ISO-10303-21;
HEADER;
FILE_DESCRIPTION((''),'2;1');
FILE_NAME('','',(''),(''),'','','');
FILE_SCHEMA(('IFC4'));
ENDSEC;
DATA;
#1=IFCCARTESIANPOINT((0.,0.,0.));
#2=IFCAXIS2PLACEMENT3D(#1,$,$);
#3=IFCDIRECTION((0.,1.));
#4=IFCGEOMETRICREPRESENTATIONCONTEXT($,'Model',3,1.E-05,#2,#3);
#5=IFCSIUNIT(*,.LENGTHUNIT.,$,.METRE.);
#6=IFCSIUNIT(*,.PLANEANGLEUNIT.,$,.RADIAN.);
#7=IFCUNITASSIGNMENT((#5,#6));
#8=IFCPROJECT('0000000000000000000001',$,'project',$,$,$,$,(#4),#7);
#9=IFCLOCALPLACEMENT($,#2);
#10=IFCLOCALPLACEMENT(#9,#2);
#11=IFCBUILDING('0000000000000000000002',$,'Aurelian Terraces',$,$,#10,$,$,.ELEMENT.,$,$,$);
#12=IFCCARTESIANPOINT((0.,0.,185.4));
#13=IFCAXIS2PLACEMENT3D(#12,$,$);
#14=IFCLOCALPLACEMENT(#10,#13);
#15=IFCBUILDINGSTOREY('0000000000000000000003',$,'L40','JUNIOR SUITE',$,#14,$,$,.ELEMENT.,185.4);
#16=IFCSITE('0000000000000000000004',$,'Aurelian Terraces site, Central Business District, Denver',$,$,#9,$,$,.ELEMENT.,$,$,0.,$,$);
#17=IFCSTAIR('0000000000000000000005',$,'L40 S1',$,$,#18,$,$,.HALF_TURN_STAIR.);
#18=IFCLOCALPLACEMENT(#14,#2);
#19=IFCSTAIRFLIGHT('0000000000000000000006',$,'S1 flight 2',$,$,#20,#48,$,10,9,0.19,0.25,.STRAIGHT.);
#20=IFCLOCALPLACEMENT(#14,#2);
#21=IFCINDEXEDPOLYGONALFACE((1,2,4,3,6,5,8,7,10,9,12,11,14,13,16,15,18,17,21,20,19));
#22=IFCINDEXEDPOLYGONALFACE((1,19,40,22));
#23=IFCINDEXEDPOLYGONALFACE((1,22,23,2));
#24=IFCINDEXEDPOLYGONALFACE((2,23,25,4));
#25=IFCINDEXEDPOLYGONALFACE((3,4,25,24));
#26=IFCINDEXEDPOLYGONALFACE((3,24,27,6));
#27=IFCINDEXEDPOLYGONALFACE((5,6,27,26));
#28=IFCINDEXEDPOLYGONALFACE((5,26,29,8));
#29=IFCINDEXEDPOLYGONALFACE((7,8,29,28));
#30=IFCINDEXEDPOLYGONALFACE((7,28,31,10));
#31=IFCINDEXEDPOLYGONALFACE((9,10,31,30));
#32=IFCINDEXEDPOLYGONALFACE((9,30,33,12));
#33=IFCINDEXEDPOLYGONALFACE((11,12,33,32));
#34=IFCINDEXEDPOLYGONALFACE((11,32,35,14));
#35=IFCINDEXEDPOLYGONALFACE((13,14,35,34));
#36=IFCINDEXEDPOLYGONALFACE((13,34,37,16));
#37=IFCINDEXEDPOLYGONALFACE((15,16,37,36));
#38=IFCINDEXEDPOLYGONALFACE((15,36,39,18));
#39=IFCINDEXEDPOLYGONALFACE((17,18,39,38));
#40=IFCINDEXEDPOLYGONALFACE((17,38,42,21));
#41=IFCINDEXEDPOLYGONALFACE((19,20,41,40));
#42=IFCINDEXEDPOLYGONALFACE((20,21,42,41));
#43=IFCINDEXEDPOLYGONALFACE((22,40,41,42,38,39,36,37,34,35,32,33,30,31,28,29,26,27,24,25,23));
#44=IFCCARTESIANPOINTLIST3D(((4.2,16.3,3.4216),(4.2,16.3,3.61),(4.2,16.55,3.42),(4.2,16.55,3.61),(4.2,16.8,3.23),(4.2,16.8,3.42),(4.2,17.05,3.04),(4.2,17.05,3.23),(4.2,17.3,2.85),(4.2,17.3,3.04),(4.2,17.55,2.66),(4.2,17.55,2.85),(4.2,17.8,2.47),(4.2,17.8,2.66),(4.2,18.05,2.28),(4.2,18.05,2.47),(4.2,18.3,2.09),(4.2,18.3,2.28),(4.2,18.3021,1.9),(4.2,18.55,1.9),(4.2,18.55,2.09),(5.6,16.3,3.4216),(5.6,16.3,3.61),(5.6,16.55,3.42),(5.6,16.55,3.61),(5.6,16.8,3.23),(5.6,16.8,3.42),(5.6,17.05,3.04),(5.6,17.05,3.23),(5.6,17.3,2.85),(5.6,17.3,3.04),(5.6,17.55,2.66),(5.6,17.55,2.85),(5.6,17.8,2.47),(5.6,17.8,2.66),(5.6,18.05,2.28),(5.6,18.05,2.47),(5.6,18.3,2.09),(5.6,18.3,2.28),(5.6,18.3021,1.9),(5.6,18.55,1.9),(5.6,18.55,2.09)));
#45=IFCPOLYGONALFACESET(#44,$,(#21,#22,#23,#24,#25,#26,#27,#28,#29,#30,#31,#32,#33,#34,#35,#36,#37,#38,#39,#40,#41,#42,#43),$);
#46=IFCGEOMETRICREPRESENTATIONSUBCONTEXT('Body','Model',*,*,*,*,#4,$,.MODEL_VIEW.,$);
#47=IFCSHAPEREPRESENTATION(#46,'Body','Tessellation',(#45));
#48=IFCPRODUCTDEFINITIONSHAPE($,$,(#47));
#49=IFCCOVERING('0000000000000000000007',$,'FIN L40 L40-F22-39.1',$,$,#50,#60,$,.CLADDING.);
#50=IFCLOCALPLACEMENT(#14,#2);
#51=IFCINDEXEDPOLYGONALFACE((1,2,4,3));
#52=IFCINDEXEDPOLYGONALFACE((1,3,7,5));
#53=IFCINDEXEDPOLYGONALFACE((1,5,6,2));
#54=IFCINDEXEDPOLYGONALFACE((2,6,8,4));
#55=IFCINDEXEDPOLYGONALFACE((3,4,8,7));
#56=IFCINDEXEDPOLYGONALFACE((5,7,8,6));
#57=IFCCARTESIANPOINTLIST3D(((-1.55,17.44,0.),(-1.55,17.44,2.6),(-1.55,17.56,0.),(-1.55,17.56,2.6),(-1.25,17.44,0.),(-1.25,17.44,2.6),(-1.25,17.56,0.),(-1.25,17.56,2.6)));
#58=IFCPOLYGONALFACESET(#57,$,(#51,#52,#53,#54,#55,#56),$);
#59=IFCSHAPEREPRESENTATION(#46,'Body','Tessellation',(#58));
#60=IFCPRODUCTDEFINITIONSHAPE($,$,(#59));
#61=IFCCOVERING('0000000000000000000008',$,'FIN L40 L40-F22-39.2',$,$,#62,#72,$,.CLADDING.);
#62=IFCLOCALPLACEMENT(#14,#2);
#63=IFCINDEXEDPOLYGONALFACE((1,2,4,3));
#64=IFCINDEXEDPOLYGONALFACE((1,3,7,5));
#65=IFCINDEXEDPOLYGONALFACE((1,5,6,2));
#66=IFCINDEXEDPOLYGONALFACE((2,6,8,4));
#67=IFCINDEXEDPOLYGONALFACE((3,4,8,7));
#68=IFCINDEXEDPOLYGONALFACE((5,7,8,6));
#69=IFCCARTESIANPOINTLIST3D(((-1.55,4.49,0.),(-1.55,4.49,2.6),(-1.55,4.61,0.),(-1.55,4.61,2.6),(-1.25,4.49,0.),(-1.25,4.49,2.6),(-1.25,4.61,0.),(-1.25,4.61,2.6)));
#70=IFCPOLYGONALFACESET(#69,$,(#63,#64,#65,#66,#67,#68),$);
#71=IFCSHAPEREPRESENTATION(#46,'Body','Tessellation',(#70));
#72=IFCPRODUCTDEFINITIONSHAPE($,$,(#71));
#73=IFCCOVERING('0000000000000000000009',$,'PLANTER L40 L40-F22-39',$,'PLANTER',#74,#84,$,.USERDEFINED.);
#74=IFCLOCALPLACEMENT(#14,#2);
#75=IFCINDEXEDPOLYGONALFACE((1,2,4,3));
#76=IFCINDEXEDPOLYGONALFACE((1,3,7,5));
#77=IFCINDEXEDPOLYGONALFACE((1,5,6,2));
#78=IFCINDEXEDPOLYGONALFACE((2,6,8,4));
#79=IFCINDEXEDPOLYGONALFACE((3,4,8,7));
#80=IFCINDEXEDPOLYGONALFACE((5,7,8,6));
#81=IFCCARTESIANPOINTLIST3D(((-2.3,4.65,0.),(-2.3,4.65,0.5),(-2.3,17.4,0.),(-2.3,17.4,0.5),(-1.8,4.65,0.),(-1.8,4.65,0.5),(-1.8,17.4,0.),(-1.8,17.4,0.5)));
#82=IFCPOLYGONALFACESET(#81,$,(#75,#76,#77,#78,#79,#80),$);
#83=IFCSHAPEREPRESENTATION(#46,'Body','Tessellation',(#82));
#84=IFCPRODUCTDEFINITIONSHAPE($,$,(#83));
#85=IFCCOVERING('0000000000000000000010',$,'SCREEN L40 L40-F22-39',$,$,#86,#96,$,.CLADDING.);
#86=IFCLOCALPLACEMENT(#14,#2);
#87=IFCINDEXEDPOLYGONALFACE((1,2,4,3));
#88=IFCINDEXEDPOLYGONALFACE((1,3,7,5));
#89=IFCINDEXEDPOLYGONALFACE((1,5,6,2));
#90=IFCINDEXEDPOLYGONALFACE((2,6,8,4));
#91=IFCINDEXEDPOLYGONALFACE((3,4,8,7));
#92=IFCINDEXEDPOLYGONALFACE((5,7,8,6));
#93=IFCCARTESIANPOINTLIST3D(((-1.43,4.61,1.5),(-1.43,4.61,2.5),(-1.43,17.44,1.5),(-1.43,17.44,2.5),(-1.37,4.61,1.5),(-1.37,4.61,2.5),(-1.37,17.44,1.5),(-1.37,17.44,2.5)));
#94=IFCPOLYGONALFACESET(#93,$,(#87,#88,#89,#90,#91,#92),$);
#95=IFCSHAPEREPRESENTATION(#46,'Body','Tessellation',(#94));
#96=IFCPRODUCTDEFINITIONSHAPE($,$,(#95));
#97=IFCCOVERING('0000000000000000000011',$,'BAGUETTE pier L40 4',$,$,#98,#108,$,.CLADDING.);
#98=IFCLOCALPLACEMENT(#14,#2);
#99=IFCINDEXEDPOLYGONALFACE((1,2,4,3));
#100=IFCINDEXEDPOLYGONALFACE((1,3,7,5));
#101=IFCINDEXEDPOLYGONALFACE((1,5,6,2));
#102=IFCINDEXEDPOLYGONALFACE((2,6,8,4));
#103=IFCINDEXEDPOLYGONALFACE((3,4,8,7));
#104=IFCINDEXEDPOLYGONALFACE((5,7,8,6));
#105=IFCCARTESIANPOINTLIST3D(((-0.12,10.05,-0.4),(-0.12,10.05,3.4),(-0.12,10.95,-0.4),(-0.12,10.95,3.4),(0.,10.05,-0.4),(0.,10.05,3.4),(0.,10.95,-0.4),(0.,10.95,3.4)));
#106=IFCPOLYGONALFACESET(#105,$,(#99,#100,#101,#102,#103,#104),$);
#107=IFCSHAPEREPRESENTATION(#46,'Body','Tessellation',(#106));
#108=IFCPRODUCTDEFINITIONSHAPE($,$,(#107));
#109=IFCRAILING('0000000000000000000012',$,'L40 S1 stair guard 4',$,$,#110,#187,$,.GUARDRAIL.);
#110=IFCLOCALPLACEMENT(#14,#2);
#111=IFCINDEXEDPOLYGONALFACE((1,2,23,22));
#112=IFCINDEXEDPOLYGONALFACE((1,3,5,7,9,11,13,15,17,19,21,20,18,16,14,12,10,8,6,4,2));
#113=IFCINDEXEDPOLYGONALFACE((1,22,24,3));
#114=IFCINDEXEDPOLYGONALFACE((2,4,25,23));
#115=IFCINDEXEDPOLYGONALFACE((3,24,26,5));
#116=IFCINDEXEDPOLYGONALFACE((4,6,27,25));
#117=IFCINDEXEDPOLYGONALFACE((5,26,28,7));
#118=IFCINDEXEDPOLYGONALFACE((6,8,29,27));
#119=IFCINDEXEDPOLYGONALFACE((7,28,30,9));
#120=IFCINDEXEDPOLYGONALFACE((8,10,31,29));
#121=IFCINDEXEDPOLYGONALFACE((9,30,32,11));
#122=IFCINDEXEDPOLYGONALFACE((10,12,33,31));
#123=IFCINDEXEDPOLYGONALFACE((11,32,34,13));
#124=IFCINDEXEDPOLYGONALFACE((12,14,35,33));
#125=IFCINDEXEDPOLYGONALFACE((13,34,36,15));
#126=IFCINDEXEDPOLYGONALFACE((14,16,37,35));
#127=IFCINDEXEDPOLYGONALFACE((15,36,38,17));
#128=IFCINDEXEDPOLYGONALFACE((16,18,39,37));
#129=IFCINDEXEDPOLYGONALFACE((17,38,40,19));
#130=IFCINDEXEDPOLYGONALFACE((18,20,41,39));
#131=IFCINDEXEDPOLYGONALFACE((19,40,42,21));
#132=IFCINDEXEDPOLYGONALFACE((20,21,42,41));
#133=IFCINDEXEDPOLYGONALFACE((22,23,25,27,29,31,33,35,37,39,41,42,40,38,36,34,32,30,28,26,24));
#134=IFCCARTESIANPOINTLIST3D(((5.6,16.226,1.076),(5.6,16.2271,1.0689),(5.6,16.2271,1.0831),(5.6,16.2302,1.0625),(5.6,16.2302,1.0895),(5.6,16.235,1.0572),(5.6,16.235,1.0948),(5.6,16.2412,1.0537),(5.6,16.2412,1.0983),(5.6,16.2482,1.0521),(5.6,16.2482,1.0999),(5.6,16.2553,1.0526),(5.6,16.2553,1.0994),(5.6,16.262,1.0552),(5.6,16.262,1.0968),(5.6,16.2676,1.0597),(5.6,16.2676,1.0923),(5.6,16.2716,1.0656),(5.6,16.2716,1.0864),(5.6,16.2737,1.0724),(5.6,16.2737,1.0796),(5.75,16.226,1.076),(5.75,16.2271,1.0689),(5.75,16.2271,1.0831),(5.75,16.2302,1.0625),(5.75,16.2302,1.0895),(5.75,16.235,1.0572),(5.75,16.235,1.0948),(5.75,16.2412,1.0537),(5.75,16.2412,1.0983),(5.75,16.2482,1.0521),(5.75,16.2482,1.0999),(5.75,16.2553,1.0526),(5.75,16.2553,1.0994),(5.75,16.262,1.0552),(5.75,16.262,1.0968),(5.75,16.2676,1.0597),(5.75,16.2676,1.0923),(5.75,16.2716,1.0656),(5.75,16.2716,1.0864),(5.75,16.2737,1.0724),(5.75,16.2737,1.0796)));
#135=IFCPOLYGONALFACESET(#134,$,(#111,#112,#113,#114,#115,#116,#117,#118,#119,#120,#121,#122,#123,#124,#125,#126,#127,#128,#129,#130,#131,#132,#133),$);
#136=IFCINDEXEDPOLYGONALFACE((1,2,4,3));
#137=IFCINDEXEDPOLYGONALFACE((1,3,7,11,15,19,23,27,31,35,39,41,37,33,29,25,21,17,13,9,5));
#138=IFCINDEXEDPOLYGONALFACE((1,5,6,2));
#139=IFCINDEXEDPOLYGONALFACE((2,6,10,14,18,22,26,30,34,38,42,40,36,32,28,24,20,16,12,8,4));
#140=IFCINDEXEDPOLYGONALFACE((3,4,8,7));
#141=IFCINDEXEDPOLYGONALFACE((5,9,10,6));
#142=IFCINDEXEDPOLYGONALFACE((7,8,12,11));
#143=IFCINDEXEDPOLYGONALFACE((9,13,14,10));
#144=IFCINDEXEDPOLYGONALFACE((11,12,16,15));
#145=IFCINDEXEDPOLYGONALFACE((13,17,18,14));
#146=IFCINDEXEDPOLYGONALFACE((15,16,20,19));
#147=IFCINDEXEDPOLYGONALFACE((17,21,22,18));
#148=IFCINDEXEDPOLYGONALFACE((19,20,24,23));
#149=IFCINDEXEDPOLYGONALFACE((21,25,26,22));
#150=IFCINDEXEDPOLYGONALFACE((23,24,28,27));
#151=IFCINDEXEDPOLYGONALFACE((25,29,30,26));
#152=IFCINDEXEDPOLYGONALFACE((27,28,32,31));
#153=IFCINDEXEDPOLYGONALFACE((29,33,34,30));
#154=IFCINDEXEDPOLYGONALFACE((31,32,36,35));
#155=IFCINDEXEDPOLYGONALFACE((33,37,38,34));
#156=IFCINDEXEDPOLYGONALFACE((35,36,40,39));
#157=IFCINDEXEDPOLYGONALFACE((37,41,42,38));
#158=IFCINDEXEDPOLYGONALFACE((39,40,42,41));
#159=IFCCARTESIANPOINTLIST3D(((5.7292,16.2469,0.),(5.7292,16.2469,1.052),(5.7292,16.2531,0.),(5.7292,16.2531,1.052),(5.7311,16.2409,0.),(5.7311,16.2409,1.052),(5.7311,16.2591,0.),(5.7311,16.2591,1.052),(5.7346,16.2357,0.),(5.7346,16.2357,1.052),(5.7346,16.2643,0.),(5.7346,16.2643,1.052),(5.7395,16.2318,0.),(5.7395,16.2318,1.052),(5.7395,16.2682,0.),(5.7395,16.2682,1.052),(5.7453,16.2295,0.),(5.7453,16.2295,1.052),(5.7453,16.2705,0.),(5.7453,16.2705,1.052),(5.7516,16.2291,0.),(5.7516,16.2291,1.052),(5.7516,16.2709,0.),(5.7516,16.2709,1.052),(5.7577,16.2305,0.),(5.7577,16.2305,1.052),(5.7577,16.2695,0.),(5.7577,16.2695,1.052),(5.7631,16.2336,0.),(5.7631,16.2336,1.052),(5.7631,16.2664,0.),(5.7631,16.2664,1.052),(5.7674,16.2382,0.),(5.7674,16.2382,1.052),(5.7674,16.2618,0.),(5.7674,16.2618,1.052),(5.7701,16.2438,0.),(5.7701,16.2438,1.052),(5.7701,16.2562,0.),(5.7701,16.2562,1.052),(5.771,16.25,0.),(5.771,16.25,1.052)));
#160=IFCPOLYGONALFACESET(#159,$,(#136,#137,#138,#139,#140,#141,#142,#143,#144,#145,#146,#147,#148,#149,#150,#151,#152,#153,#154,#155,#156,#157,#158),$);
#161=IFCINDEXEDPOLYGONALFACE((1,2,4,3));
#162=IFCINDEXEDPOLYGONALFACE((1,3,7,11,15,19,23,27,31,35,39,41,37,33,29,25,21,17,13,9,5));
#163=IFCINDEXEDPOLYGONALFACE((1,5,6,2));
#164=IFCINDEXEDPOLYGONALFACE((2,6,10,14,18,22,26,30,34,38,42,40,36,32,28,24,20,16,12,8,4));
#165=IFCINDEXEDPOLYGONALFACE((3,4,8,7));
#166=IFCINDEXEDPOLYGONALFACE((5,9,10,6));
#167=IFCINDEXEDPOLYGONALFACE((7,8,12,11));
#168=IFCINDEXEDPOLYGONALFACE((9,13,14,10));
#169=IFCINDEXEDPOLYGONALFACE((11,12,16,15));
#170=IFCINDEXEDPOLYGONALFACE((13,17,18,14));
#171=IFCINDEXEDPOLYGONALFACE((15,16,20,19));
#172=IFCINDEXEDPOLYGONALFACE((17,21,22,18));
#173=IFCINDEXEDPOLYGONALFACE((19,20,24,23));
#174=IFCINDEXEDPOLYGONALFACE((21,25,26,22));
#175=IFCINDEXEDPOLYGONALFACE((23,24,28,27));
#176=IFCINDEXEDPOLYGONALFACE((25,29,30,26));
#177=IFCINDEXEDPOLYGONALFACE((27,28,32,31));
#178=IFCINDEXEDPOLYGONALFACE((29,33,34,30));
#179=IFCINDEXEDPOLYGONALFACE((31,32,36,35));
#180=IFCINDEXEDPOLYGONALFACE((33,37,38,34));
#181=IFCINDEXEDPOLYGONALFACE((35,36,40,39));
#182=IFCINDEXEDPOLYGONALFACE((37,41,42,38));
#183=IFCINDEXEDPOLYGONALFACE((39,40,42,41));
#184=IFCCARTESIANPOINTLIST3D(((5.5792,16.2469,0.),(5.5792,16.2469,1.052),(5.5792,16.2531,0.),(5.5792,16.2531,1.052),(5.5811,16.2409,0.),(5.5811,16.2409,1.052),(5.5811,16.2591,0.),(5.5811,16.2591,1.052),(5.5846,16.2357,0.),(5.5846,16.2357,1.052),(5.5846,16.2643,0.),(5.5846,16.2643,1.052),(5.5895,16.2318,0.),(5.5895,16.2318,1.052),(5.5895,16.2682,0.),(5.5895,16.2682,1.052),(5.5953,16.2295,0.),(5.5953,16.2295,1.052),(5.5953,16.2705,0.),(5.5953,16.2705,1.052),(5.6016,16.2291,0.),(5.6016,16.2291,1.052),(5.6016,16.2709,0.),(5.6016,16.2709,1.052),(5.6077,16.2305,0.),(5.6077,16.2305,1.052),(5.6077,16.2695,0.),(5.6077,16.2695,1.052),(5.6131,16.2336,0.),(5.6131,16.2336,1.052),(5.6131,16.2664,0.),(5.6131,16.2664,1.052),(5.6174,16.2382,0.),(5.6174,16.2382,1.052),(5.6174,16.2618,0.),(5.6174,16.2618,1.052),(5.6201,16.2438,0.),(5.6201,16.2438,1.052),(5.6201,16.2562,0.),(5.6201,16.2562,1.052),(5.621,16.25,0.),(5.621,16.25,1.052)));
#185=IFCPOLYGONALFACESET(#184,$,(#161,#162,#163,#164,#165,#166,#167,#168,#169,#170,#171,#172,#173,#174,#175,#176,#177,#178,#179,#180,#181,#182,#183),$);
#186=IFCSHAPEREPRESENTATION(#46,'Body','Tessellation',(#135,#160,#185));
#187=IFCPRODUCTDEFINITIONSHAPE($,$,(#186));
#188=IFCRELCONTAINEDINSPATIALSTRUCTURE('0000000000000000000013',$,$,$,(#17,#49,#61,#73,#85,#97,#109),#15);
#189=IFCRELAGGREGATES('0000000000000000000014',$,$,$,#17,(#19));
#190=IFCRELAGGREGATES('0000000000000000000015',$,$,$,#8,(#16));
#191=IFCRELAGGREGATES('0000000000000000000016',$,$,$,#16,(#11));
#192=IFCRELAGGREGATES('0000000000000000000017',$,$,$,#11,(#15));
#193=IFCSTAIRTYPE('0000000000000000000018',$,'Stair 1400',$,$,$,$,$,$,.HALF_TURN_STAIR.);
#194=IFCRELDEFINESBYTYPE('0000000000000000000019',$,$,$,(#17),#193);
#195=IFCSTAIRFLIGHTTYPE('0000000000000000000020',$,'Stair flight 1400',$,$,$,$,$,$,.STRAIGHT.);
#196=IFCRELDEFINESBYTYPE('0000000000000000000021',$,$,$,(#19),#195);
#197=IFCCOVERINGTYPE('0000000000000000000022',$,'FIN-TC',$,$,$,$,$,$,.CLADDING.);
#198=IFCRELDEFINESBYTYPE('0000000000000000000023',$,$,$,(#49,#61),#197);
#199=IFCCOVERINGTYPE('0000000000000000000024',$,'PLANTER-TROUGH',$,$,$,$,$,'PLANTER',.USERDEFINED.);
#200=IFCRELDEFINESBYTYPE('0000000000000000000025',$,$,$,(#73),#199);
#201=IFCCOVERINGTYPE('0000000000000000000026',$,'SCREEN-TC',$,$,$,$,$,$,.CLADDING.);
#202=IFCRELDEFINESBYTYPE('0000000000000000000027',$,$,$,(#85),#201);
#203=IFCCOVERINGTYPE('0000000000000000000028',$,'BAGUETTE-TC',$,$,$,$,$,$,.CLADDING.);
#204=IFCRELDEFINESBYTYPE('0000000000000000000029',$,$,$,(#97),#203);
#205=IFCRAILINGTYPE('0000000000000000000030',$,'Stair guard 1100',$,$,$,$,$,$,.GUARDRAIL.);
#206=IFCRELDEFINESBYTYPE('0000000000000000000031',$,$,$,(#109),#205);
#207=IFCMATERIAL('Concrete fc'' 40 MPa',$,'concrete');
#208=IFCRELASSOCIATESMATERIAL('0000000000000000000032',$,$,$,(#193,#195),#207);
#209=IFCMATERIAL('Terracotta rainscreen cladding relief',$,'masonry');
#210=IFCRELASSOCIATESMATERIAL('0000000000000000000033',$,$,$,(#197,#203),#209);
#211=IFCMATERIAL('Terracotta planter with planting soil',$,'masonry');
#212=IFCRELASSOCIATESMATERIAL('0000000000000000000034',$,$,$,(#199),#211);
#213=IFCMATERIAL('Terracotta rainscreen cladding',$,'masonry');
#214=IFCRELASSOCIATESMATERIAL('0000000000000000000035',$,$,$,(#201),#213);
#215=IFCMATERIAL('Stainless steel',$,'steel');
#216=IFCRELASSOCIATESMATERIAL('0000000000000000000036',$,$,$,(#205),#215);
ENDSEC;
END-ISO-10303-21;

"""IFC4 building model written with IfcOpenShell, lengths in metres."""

from ifc_helpers import new_model, si_unit, direction, frame, origin, origin_2d, place, context, subcontext, project, spatial, polyline, rectangle, circle, outline, extrude, source, transform, mapped, material, type_object, element, aggregate, save


model = new_model("IFC4")

# Units and contexts
model_context = context("Model", 3, precision=1e-05, world=origin(), true_north=direction((0.0, 1.0)))
body_context = subcontext(model_context, "Body", "Model", "MODEL_VIEW")
ifc_project = project(units=[si_unit("LENGTHUNIT", "METRE"), si_unit("PLANEANGLEUNIT", "RADIAN")], contexts=[model_context])

# Site, building, storey
site_placement = place(None, origin())
site = spatial("IfcSite", under=ifc_project, at=site_placement, Name="Aurelian Terraces site, Central Business District, Denver", CompositionType="ELEMENT", RefElevation=0.0)
building_placement = place(site_placement, origin())
building = spatial("IfcBuilding", under=site, at=building_placement, Name="Aurelian Terraces", CompositionType="ELEMENT")
storey_placement = place(building_placement, frame((0.0, 0.0, 185.4)))
storey = spatial("IfcBuildingStorey", under=building, at=storey_placement, Name="L40", Description="JUNIOR SUITE", CompositionType="ELEMENT", Elevation=185.4)

# Shared definitions
ifc_material_1 = material(Name="Terracotta rainscreen cladding", Category="masonry")

# Shared definitions
ifc_material_2 = material(Name="Concrete fc' 40 MPa", Category="concrete")
ifc_material_3 = material(Name="Stainless steel", Category="steel")

# Stair, stair flight
stair_type = type_object("IfcStairType", Name="Stair 1400", PredefinedType="HALF_TURN_STAIR", material=ifc_material_2)
stair_placement = place(storey_placement, origin())
stair = element("IfcStair", 1, at=stair_placement, inside=storey, type_object=stair_type, Name="L40 S1", PredefinedType="HALF_TURN_STAIR")
stair_flight_type = type_object("IfcStairFlightType", Name="Stair flight 1400", PredefinedType="STRAIGHT", material=ifc_material_2)
shared_shape_1 = source(origin(), body_context, "Body", "SweptSolid", [
    extrude(outline(polyline([(0.0, 0.0), (0.0, 0.19), (0.25, 0.19), (0.25, 0.38), (0.5, 0.38), (0.5, 0.57), (0.75, 0.57), (0.75, 0.76), (1.0, 0.76), (1.0, 0.95), (1.25, 0.95), (1.25, 1.14), (1.5, 1.14), (1.5, 1.33), (1.75, 1.33), (1.75, 1.52), (2.0, 1.52), (2.0, 1.71), (2.25, 1.71), (2.25, 1.9), (2.25, 1.5216), (0.2479, 0.0), (0.0, 0.0)])), frame((0.0, 0.7, 0.0), z_axis=(0.0, -1.0, 0.0), x_axis=(1.0, 0.0, 0.0)), (0.0, 0.0, 1.0), 1.4),
])
stair_flight_placement = place(storey_placement, frame((4.9, 18.55, 1.9), z_axis=(0.0, 0.0, 1.0), x_axis=(0.0, -1.0, 0.0)))
stair_flight = element("IfcStairFlight", 2, at=stair_flight_placement, type_object=stair_flight_type, Name="S1 flight 2", NumberOfRisers=10, NumberOfTreads=9, PredefinedType="STRAIGHT", RiserHeight=0.19, TreadLength=0.25, context=body_context, shape_type="MappedRepresentation", body=[
    mapped(shared_shape_1, transform((0.0, 0.0, 0.0), scale=1.0)),
])
aggregate(stair, [stair_flight])

# Coverings
ifc_material_4 = material(Name="Terracotta rainscreen cladding relief", Category="masonry")
covering_type_1 = type_object("IfcCoveringType", Name="FIN-TC", PredefinedType="CLADDING", material=ifc_material_4)
shared_shape_2 = source(origin(), body_context, "Body", "SweptSolid", [
    extrude(rectangle(XDim=0.3, YDim=0.12, at=origin_2d()), origin(), (0.0, 0.0, 1.0), 2.6),
])
for number, where, z_axis, x_axis, name in (
    (3, (-1.4, 17.5, 0.0), (0.0, 0.0, 1.0), (1.0, 0.0, 0.0), "FIN L40 L40-F22-39.1"),
    (4, (-1.4, 4.55, 0.0), (0.0, 0.0, 1.0), (1.0, 0.0, 0.0), "FIN L40 L40-F22-39.2"),
):
    element("IfcCovering", number, at=place(storey_placement, frame(where, z_axis=z_axis, x_axis=x_axis)), inside=storey, type_object=covering_type_1, Name=name, PredefinedType="CLADDING", context=body_context, shape_type="MappedRepresentation", body=[
        mapped(shared_shape_2, transform((0.0, 0.0, 0.0), scale=1.0)),
    ])

# Coverings
ifc_material_5 = material(Name="Terracotta planter with planting soil", Category="masonry")
covering_type_2 = type_object("IfcCoveringType", Name="PLANTER-TROUGH", ElementType="PLANTER", PredefinedType="USERDEFINED", material=ifc_material_5)
shared_shape_3 = source(origin(), body_context, "Body", "SweptSolid", [
    extrude(rectangle(XDim=0.5, YDim=12.75, at=origin_2d()), origin(), (0.0, 0.0, 1.0), 0.5),
])
covering_1_placement = place(storey_placement, frame((-2.05, 11.025, 0.0), z_axis=(0.0, 0.0, 1.0), x_axis=(1.0, 0.0, 0.0)))
element("IfcCovering", 5, at=covering_1_placement, inside=storey, type_object=covering_type_2, Name="PLANTER L40 L40-F22-39", ObjectType="PLANTER", PredefinedType="USERDEFINED", context=body_context, shape_type="MappedRepresentation", body=[
    mapped(shared_shape_3, transform((0.0, 0.0, 0.0), scale=1.0)),
])
covering_type_3 = type_object("IfcCoveringType", Name="SCREEN-TC", PredefinedType="CLADDING", material=ifc_material_1)
shared_shape_4 = source(origin(), body_context, "Body", "SweptSolid", [
    extrude(rectangle(XDim=0.06, YDim=12.83, at=origin_2d()), origin(), (0.0, 0.0, 1.0), 1.0),
])
covering_2_placement = place(storey_placement, frame((-1.4, 11.025, 1.5), z_axis=(0.0, 0.0, 1.0), x_axis=(1.0, 0.0, 0.0)))
element("IfcCovering", 6, at=covering_2_placement, inside=storey, type_object=covering_type_3, Name="SCREEN L40 L40-F22-39", PredefinedType="CLADDING", context=body_context, shape_type="MappedRepresentation", body=[
    mapped(shared_shape_4, transform((0.0, 0.0, 0.0), scale=1.0)),
])
covering_type_4 = type_object("IfcCoveringType", Name="BAGUETTE-TC", PredefinedType="CLADDING", material=ifc_material_4)
shared_shape_5 = source(origin(), body_context, "Body", "SweptSolid", [
    extrude(rectangle(XDim=0.12, YDim=0.9, at=origin_2d()), origin(), (0.0, 0.0, 1.0), 3.8),
])
covering_3_placement = place(storey_placement, frame((-0.06, 10.5, -0.4), z_axis=(0.0, 0.0, 1.0), x_axis=(1.0, 0.0, 0.0)))
element("IfcCovering", 7, at=covering_3_placement, inside=storey, type_object=covering_type_4, Name="BAGUETTE pier L40 4", PredefinedType="CLADDING", context=body_context, shape_type="MappedRepresentation", body=[
    mapped(shared_shape_5, transform((0.0, 0.0, 0.0), scale=1.0)),
])

# Railing
railing_type_1 = type_object("IfcRailingType", Name="Stair guard 1100", PredefinedType="GUARDRAIL", material=ifc_material_3)
shared_shape_6 = source(origin(), body_context, "Body", "SweptSolid", [
    extrude(circle(Radius=0.024, at=origin_2d()), frame((0.0, 0.0, 1.076), z_axis=(-1.0, 0.0, 0.0), x_axis=(0.0, -1.0, 0.0)), (0.0, 0.0, 1.0), 0.15),
    extrude(circle(Radius=0.021, at=origin_2d()), origin(), (0.0, 0.0, 1.0), 1.052),
    extrude(circle(Radius=0.021, at=origin_2d()), frame((-0.15, 0.0, 0.0)), (0.0, 0.0, 1.0), 1.052),
])
railing_1_placement = place(storey_placement, frame((5.75, 16.25, 0.0)))
element("IfcRailing", 8, at=railing_1_placement, inside=storey, type_object=railing_type_1, Name="L40 S1 stair guard 4", PredefinedType="GUARDRAIL", context=body_context, shape_type="MappedRepresentation", body=[
    mapped(shared_shape_6, transform((0.0, 0.0, 0.0), scale=1.0)),
])

save(model, "model.ifc")
